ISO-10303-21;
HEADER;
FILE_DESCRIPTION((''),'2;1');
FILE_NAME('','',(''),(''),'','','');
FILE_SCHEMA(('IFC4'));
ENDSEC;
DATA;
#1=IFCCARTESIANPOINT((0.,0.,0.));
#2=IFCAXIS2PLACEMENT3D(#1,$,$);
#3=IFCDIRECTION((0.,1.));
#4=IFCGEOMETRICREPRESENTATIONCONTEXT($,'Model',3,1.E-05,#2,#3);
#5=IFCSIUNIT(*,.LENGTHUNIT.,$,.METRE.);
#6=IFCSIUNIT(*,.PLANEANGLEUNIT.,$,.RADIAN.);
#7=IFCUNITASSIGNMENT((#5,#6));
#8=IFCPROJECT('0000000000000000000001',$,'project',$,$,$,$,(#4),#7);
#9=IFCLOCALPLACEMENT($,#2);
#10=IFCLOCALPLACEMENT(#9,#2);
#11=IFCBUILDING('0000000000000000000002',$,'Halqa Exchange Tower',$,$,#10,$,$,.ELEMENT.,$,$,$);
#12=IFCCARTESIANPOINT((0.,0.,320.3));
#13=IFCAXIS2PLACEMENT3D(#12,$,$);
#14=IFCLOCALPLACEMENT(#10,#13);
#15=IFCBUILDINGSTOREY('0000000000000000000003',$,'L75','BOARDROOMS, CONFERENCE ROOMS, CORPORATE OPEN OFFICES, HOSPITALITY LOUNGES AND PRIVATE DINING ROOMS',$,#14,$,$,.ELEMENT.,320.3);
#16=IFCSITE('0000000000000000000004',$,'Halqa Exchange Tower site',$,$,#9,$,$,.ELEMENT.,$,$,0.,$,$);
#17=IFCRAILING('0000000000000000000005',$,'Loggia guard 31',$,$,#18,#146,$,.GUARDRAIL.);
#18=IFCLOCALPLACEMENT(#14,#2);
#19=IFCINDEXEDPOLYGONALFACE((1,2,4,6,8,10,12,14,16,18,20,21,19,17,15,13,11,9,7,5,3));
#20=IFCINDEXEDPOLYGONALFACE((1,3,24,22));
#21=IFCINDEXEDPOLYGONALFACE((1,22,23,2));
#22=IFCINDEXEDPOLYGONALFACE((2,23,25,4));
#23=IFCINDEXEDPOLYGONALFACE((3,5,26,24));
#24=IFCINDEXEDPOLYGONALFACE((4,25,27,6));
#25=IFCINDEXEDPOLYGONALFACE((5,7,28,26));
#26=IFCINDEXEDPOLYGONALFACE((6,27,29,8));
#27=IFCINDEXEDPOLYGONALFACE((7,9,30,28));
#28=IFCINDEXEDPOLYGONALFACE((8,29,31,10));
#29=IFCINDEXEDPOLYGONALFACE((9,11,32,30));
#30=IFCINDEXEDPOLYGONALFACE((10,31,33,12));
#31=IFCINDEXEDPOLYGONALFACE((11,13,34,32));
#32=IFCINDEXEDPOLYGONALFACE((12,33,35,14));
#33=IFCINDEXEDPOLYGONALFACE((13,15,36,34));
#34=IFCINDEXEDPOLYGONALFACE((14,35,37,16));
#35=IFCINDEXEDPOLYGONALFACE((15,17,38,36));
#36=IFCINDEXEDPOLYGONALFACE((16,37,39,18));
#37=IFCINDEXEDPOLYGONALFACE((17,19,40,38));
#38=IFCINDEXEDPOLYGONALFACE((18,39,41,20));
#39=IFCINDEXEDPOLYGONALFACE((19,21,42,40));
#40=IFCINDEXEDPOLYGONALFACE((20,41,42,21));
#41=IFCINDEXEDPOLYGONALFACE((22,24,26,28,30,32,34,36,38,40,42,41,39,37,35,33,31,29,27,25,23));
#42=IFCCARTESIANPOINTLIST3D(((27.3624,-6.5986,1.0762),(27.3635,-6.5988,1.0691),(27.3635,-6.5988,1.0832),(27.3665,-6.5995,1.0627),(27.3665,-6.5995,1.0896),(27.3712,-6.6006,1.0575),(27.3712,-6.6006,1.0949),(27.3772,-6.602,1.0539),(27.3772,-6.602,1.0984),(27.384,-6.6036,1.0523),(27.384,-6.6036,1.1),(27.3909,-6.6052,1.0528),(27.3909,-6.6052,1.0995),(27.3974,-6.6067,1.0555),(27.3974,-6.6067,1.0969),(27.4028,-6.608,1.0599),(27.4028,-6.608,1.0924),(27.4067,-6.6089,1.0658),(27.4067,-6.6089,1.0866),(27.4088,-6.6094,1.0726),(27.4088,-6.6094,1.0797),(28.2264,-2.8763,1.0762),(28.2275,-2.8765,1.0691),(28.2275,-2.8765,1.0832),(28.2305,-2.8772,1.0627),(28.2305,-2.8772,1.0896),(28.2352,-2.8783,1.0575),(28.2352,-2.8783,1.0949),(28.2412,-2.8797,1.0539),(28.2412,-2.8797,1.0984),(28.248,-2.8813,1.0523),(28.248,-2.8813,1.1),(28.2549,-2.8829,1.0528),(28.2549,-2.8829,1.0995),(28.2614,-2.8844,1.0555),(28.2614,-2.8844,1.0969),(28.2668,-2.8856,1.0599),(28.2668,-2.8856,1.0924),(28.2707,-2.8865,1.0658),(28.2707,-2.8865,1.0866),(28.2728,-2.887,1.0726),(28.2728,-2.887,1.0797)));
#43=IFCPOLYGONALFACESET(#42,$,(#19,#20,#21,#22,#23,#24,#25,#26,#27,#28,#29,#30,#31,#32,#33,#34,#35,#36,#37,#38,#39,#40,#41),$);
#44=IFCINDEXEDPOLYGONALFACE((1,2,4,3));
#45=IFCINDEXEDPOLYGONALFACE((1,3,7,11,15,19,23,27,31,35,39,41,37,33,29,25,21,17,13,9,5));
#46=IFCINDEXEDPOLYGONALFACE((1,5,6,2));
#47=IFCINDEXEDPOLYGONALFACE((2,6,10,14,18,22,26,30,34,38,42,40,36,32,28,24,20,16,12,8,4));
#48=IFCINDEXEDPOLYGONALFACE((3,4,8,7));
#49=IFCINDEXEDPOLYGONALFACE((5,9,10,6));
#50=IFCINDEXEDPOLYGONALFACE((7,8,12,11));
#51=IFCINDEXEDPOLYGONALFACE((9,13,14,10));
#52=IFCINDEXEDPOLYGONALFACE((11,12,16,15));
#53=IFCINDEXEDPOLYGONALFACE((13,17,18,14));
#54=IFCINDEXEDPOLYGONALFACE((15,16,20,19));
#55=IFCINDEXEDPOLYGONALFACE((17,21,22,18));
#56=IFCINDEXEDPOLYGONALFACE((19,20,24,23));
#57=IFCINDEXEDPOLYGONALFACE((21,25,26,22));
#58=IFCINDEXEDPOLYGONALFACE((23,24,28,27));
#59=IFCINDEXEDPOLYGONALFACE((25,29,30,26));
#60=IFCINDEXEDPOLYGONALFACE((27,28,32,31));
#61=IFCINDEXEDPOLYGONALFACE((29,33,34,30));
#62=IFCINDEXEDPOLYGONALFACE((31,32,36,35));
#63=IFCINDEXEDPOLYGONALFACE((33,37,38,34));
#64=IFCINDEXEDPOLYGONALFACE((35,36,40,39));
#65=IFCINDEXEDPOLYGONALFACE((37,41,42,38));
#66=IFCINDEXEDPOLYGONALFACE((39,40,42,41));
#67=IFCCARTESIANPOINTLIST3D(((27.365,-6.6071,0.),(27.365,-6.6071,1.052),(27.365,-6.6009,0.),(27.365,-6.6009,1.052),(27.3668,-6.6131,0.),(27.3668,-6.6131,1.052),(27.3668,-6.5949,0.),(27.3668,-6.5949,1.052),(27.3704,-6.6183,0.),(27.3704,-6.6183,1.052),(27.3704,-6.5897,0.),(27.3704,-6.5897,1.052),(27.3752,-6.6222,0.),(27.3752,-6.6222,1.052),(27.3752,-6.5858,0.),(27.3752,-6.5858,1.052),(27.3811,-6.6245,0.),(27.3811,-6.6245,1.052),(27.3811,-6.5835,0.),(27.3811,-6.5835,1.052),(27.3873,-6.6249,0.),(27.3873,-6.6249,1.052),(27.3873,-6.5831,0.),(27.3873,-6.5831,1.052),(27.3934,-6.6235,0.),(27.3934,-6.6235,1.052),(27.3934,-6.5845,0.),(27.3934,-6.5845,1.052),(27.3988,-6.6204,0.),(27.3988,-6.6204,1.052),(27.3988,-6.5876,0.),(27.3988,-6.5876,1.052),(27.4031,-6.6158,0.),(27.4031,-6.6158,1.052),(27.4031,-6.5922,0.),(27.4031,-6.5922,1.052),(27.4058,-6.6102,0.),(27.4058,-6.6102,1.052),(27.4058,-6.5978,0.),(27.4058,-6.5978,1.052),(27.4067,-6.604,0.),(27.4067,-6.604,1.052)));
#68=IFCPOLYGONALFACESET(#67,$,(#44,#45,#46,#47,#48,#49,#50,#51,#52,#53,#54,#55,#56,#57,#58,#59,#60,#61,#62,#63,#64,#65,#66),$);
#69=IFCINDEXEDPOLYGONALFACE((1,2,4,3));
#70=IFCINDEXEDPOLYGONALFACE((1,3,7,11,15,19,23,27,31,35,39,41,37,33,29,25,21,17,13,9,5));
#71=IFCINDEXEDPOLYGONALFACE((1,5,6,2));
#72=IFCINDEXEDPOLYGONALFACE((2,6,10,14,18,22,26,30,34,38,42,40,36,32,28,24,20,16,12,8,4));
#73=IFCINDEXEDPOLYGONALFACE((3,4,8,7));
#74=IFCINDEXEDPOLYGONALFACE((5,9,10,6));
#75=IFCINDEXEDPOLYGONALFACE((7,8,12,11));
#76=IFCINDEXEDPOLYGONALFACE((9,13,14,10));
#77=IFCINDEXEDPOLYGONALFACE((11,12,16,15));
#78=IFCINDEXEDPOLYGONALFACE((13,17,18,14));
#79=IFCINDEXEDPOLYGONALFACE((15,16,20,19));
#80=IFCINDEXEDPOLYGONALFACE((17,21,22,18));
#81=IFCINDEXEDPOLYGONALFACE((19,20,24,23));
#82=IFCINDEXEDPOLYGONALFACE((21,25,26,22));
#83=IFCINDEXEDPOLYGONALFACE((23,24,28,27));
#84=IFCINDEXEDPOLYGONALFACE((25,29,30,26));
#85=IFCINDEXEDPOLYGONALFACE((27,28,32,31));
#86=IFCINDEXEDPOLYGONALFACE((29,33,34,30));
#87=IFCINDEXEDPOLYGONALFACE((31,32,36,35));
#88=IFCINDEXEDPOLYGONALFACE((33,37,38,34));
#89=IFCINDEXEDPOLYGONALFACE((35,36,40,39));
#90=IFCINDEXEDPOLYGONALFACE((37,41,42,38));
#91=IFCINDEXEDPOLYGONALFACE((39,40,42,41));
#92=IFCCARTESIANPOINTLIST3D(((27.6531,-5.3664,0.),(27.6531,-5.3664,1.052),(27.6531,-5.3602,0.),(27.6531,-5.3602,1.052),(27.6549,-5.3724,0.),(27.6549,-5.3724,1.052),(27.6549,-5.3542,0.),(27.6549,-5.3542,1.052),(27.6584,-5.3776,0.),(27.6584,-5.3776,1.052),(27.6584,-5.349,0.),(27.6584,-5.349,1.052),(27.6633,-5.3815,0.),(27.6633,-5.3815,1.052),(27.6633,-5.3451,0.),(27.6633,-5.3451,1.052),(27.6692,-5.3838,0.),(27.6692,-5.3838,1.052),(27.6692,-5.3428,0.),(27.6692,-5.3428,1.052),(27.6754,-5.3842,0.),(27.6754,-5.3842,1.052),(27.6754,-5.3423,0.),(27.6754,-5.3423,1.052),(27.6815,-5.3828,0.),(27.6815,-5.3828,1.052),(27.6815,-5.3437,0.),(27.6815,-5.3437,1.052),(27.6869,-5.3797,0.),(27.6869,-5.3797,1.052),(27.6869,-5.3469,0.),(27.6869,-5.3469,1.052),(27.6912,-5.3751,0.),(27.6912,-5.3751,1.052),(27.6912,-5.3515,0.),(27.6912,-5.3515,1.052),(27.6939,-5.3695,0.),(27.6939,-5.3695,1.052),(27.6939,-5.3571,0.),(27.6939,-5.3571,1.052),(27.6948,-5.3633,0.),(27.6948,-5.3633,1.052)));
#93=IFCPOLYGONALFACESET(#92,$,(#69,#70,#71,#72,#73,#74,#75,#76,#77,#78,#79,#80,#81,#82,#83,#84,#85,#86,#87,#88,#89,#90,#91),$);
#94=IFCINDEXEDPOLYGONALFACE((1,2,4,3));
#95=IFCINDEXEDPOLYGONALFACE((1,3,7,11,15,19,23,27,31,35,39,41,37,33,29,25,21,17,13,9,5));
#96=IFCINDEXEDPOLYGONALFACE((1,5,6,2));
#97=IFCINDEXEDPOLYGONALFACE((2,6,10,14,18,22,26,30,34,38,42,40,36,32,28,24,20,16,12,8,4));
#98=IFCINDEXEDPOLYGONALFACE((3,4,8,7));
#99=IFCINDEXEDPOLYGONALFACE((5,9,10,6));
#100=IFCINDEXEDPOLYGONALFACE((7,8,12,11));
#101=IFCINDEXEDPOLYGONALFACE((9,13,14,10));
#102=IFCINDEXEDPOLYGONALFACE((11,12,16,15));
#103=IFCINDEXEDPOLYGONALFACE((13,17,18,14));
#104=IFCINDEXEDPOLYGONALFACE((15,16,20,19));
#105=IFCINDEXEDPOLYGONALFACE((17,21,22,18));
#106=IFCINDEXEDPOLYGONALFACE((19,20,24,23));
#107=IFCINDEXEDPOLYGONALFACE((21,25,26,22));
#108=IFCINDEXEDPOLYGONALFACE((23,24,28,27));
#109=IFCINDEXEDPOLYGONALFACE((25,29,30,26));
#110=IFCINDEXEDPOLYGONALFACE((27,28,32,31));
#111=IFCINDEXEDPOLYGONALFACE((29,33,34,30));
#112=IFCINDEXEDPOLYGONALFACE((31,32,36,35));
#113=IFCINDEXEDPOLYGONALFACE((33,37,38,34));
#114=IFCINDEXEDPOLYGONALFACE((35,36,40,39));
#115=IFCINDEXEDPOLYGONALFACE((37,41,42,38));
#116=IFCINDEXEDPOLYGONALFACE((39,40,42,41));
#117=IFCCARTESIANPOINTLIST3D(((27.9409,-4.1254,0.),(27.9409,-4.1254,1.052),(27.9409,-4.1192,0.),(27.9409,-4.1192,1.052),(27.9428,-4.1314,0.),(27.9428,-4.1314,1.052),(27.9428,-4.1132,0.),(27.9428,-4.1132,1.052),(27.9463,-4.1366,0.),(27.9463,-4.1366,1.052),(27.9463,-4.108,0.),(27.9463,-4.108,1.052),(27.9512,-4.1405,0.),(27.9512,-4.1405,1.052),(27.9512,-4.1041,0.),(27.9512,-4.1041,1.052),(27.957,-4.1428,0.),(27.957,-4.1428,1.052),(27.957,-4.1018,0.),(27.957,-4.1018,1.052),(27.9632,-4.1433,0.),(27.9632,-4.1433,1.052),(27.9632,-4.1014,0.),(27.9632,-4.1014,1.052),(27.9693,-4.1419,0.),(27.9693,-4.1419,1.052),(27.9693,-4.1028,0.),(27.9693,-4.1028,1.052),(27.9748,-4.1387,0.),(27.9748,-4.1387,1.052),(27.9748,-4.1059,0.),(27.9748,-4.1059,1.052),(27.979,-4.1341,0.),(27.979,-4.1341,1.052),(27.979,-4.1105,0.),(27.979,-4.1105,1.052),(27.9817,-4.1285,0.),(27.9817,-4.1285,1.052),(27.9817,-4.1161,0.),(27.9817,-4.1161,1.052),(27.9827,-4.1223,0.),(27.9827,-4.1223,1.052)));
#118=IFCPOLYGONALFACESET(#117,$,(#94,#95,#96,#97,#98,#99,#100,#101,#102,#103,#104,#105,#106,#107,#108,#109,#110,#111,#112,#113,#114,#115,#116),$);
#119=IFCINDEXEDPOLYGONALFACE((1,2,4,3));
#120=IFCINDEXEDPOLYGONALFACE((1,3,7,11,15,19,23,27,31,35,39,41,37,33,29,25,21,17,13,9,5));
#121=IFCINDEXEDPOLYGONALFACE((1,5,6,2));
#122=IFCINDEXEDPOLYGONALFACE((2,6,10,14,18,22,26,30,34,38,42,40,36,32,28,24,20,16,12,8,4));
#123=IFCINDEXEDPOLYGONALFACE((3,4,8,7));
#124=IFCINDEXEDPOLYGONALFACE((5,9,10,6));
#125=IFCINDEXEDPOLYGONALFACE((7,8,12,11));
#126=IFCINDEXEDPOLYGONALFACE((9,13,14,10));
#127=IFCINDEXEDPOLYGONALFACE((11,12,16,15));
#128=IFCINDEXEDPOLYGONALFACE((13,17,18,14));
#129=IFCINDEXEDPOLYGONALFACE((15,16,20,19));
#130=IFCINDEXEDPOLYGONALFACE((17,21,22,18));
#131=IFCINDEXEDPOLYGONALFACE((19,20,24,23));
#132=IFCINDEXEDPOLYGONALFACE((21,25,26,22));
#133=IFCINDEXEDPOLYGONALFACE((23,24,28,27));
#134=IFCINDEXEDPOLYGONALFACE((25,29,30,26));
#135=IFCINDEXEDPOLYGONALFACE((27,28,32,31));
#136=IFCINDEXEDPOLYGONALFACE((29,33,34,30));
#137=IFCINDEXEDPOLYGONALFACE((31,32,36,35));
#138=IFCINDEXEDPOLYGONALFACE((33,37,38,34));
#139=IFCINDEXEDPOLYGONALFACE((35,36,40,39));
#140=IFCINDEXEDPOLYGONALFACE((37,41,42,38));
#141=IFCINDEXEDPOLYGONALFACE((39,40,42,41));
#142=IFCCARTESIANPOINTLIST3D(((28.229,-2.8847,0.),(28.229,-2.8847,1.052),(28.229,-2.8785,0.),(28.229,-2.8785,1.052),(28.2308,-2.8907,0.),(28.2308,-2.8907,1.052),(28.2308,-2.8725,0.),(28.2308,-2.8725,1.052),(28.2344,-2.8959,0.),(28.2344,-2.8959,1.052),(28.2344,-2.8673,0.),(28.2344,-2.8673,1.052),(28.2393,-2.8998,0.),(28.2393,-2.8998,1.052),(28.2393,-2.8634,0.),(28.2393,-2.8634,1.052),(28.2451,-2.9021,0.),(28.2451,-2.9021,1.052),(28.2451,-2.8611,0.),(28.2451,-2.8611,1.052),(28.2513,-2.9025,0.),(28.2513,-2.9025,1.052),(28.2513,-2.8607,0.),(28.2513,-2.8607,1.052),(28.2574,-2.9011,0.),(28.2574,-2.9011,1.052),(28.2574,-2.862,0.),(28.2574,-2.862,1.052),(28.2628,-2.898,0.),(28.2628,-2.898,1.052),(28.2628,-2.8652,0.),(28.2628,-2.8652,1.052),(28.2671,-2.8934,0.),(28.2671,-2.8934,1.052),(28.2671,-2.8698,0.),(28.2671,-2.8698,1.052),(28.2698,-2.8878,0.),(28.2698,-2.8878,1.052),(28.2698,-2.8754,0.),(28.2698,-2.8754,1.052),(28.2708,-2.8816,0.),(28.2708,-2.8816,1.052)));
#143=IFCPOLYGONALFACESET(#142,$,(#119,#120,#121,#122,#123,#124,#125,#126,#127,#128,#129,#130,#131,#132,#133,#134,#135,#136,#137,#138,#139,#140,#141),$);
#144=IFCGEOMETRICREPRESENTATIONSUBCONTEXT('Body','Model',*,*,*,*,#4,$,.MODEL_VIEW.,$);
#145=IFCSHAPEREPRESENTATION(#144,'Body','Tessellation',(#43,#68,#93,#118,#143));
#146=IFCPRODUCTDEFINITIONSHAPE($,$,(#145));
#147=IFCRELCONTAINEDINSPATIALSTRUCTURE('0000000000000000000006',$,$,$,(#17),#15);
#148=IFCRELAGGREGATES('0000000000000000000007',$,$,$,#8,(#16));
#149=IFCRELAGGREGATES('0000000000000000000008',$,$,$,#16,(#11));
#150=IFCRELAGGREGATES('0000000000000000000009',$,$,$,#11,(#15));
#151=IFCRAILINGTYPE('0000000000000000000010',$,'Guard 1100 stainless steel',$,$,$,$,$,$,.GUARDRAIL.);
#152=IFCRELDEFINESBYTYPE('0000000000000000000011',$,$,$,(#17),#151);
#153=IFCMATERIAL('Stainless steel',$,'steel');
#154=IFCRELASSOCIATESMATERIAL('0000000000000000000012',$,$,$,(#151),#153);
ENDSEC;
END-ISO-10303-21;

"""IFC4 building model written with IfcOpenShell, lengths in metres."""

from ifc_helpers import new_model, si_unit, direction, frame, origin, origin_2d, place, context, subcontext, project, spatial, circle, extrude, material, type_object, element, save


model = new_model("IFC4")

# Units and contexts
model_context = context("Model", 3, precision=1e-05, world=origin(), true_north=direction((0.0, 1.0)))
body_context = subcontext(model_context, "Body", "Model", "MODEL_VIEW")
ifc_project = project(units=[si_unit("LENGTHUNIT", "METRE"), si_unit("PLANEANGLEUNIT", "RADIAN")], contexts=[model_context])

# Site, building, storey
site_placement = place(None, origin())
site = spatial("IfcSite", under=ifc_project, at=site_placement, Name="Halqa Exchange Tower site", CompositionType="ELEMENT", RefElevation=0.0)
building_placement = place(site_placement, origin())
building = spatial("IfcBuilding", under=site, at=building_placement, Name="Halqa Exchange Tower", CompositionType="ELEMENT")
storey_placement = place(building_placement, frame((0.0, 0.0, 320.3)))
storey = spatial("IfcBuildingStorey", under=building, at=storey_placement, Name="L75", Description="BOARDROOMS, CONFERENCE ROOMS, CORPORATE OPEN OFFICES, HOSPITALITY LOUNGES AND PRIVATE DINING ROOMS", CompositionType="ELEMENT", Elevation=320.3)

# Railing
ifc_material_1 = material(Name="Stainless steel", Category="steel")
railing_type = type_object("IfcRailingType", Name="Guard 1100 stainless steel", PredefinedType="GUARDRAIL", material=ifc_material_1)
railing_1_placement = place(storey_placement, frame((27.3857, -6.604, 0.0)))
element("IfcRailing", 1, at=railing_1_placement, inside=storey, type_object=railing_type, Name="Loggia guard 31", PredefinedType="GUARDRAIL", context=body_context, shape_type="SweptSolid", body=[
    extrude(circle(Radius=0.0239, at=origin_2d()), frame((0.0, 0.0, 1.0762), z_axis=(0.2261, 0.974104, 0.0), x_axis=(-0.974104, 0.2261, 0.0)), (0.0, 0.0, 1.0), 3.8213),
    extrude(circle(Radius=0.021, at=origin_2d()), origin(), (0.0, 0.0, 1.0), 1.052),
    extrude(circle(Radius=0.021, at=origin_2d()), frame((0.2881, 1.2407, 0.0)), (0.0, 0.0, 1.0), 1.052),
    extrude(circle(Radius=0.021, at=origin_2d()), frame((0.5759, 2.4817, 0.0)), (0.0, 0.0, 1.0), 1.052),
    extrude(circle(Radius=0.021, at=origin_2d()), frame((0.864, 3.7224, 0.0)), (0.0, 0.0, 1.0), 1.052),
])

save(model, "model.ifc")
